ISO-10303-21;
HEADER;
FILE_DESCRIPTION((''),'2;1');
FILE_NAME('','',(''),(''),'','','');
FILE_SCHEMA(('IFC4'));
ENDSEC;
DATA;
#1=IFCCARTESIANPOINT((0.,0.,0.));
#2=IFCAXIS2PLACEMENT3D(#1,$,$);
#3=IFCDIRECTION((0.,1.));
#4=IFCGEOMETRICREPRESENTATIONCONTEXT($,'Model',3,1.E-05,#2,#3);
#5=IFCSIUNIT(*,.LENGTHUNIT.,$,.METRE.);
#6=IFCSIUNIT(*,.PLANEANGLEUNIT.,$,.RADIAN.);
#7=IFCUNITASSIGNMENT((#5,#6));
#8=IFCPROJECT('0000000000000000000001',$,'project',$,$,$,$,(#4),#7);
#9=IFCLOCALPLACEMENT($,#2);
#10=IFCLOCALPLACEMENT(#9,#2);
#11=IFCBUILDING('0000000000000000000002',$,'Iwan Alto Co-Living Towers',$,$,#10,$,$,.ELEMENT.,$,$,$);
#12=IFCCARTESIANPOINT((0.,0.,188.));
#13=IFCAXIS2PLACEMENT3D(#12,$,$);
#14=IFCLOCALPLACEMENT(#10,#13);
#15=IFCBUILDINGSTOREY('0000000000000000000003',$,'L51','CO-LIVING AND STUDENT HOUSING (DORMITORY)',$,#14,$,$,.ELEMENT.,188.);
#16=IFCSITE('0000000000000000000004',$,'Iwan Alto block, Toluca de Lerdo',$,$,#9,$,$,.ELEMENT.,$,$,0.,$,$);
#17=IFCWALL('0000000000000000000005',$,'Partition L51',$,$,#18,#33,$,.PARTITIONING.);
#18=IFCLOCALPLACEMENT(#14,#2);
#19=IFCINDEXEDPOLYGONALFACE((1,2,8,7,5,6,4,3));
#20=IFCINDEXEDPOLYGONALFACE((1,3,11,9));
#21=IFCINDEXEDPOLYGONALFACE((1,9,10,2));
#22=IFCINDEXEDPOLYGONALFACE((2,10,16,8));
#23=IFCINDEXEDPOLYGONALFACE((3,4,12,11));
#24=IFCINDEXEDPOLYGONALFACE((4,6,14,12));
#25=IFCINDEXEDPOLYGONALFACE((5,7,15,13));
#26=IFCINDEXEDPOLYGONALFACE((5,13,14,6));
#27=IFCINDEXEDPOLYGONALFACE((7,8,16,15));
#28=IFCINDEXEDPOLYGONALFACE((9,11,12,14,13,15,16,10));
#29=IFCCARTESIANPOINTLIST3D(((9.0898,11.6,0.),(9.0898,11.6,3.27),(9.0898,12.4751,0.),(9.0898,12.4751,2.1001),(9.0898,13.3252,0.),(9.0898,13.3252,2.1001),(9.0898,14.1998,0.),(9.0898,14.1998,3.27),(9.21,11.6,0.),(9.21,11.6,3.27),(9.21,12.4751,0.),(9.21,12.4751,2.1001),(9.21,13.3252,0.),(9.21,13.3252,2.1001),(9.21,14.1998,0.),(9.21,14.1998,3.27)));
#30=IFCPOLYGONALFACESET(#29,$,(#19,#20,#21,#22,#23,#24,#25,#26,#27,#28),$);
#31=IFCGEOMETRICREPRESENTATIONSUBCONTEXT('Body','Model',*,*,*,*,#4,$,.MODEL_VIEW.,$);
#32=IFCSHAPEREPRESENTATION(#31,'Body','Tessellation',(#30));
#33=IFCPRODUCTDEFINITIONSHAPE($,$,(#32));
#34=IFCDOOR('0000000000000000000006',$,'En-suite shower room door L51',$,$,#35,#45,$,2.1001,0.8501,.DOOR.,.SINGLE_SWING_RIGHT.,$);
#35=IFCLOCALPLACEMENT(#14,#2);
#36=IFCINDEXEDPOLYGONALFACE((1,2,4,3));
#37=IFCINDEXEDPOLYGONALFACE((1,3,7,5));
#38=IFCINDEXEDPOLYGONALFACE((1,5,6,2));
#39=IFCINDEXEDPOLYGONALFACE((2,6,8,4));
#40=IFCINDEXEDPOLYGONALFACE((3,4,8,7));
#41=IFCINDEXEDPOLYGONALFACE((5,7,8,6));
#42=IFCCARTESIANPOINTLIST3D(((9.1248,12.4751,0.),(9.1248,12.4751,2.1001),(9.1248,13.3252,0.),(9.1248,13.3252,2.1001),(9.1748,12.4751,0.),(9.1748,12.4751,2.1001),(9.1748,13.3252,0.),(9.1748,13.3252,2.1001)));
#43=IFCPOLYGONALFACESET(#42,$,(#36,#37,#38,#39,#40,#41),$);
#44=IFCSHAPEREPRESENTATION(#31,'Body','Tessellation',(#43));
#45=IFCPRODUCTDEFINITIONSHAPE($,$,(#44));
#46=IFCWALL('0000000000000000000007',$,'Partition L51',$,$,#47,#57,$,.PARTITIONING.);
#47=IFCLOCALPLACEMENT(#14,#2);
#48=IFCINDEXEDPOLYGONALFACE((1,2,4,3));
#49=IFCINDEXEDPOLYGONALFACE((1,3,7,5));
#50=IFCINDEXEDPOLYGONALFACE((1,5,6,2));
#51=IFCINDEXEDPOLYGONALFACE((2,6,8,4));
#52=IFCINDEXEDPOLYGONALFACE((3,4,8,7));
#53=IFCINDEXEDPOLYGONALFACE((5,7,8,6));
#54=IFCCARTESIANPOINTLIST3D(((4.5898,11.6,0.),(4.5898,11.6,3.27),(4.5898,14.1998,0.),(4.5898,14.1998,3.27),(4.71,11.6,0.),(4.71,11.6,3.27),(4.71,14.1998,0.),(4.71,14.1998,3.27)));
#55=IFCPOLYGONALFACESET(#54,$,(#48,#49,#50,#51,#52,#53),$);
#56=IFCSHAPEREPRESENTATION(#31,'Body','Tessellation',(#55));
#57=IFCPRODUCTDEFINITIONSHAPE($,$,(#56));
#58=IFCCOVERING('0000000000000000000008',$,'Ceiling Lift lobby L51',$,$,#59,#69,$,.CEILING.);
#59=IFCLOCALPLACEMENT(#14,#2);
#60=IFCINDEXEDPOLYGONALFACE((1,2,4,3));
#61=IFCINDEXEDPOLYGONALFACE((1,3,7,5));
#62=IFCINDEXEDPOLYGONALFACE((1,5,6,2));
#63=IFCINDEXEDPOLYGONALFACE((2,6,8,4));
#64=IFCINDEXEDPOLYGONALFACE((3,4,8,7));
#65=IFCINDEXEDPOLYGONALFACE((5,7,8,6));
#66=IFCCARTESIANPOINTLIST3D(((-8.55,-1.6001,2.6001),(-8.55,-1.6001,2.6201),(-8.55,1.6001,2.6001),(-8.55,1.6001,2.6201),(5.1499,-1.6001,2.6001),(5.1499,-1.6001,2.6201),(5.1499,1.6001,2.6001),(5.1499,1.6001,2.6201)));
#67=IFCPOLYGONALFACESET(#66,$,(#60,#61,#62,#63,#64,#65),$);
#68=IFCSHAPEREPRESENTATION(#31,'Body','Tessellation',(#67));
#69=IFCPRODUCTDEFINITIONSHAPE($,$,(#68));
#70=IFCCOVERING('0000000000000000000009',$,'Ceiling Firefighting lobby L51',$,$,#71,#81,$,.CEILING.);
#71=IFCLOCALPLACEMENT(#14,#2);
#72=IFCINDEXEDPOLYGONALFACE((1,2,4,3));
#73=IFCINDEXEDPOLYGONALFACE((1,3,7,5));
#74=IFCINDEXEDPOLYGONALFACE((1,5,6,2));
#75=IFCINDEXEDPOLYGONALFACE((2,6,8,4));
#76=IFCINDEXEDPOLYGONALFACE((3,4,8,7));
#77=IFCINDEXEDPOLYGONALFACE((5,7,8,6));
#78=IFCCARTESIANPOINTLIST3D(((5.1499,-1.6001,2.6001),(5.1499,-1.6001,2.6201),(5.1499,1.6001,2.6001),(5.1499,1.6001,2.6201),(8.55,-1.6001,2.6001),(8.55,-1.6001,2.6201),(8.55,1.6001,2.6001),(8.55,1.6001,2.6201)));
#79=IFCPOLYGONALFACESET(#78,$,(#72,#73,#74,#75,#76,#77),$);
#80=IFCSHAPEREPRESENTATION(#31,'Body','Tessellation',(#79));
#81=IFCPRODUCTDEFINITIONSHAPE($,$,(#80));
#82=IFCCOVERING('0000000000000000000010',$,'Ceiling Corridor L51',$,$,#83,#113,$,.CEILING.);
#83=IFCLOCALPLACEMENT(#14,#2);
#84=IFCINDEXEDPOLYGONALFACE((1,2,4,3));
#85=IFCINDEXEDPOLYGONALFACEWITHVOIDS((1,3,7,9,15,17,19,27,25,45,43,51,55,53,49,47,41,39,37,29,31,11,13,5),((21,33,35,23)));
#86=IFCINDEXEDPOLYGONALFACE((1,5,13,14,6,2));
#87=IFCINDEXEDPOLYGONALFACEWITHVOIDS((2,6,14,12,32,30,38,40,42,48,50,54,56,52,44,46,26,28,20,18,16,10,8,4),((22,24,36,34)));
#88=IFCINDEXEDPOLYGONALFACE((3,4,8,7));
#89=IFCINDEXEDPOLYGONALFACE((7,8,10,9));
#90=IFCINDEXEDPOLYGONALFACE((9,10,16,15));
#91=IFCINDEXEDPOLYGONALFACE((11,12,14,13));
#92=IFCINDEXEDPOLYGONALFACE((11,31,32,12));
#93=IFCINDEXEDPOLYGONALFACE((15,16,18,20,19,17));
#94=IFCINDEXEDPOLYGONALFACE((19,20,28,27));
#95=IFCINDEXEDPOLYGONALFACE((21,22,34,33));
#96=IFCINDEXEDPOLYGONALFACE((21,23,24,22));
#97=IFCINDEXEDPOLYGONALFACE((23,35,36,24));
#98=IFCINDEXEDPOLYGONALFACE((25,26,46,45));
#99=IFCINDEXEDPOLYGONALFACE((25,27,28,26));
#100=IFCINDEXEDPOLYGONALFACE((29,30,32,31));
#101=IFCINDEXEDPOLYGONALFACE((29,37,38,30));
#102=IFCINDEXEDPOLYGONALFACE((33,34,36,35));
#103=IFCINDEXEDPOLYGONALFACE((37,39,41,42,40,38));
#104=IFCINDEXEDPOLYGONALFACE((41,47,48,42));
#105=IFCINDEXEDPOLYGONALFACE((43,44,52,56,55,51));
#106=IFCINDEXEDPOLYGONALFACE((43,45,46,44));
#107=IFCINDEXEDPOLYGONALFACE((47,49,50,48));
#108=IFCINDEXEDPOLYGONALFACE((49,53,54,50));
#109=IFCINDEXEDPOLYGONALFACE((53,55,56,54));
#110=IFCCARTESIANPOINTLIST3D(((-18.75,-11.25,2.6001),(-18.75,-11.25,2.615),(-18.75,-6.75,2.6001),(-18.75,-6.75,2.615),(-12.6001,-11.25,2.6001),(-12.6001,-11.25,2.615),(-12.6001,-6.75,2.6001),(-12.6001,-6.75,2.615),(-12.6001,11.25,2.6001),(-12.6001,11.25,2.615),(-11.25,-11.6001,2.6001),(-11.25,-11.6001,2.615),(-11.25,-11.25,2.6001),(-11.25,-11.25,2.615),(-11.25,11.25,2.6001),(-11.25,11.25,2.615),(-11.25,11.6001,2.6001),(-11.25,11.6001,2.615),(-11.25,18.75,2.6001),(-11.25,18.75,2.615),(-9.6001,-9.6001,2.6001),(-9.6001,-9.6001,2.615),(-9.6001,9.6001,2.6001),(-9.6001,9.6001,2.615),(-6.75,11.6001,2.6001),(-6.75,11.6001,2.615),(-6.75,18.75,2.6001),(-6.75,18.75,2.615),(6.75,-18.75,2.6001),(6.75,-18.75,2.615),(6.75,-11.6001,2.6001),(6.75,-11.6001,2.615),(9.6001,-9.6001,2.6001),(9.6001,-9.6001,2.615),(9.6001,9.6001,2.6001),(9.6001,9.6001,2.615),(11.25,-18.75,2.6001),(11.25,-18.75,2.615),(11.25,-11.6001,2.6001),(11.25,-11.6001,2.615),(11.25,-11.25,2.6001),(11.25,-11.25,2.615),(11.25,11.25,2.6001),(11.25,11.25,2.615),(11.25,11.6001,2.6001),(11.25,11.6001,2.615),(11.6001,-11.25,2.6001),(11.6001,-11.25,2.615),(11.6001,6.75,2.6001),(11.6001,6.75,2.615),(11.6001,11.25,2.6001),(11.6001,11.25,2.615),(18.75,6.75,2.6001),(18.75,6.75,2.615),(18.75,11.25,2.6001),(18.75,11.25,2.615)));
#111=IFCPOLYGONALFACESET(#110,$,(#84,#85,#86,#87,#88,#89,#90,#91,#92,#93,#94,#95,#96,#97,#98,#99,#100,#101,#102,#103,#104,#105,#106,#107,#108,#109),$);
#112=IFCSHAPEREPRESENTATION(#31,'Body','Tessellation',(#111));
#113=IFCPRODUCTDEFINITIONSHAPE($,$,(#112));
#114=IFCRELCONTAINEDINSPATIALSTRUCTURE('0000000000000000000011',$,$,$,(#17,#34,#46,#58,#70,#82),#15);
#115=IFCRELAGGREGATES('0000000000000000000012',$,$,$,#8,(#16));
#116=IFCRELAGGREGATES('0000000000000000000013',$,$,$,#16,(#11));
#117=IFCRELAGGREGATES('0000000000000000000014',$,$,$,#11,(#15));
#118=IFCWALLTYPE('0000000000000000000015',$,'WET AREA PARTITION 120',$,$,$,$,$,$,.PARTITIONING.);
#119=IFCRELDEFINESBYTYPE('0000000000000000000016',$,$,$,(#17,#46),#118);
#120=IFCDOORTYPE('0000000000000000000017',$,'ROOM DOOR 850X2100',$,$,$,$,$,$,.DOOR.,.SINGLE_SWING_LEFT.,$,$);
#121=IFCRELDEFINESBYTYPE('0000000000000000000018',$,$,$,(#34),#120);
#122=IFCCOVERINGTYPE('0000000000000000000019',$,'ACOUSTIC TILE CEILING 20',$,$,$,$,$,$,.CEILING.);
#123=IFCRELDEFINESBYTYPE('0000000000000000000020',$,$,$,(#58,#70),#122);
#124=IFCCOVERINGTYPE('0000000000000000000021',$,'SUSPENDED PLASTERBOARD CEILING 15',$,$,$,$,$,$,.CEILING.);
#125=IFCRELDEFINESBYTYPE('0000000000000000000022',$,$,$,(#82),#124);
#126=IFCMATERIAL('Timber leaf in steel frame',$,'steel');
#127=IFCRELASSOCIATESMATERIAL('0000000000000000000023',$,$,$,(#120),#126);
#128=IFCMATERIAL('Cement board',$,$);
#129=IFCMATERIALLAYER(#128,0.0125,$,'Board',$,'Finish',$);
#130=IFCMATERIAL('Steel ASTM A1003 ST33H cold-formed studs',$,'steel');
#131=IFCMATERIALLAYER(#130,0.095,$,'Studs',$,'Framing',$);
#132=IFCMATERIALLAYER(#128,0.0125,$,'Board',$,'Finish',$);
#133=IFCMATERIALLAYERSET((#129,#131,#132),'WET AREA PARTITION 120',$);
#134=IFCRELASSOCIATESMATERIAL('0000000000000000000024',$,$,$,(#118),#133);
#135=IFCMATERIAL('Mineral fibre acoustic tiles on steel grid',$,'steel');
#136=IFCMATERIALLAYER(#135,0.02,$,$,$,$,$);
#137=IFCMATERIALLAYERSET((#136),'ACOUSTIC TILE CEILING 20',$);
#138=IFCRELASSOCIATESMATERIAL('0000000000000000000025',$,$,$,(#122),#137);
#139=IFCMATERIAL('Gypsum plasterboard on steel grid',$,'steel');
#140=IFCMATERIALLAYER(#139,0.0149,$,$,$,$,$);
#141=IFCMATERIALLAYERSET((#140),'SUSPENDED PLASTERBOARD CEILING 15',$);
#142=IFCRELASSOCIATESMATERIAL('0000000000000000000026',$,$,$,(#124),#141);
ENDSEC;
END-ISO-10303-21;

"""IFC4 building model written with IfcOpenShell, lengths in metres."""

from ifc_helpers import new_model, si_unit, direction, frame, frame_2d, origin, place, context, subcontext, project, spatial, polyline, rectangle, outline, extrude, material, layer, layer_set, type_object, element, fill, save


model = new_model("IFC4")

# Units and contexts
model_context = context("Model", 3, precision=1e-05, world=origin(), true_north=direction((0.0, 1.0)))
body_context = subcontext(model_context, "Body", "Model", "MODEL_VIEW")
ifc_project = project(units=[si_unit("LENGTHUNIT", "METRE"), si_unit("PLANEANGLEUNIT", "RADIAN")], contexts=[model_context])

# Site, building, storey
site_placement = place(None, origin())
site = spatial("IfcSite", under=ifc_project, at=site_placement, Name="Iwan Alto block, Toluca de Lerdo", CompositionType="ELEMENT", RefElevation=0.0)
building_placement = place(site_placement, origin())
building = spatial("IfcBuilding", under=site, at=building_placement, Name="Iwan Alto Co-Living Towers", CompositionType="ELEMENT")
storey_placement = place(building_placement, frame((0.0, 0.0, 188.0)))
storey = spatial("IfcBuildingStorey", under=building, at=storey_placement, Name="L51", Description="CO-LIVING AND STUDENT HOUSING (DORMITORY)", CompositionType="ELEMENT", Elevation=188.0)

# Shared definitions
ifc_material_1 = material(Name="Steel ASTM A1003 ST33H cold-formed studs", Category="steel")

# Shared definitions
ifc_material_2 = material(Name="Timber leaf in steel frame", Category="steel")
door_type_1 = type_object("IfcDoorType", Name="ROOM DOOR 850X2100", OperationType="SINGLE_SWING_LEFT", PredefinedType="DOOR", material=ifc_material_2)

# Shared definitions
ifc_material_3 = material(Name="Cement board")
ifc_layer_1 = layer(ifc_material_3, 0.0125, Name="Board", Category="Finish")
ifc_layer_2 = layer(ifc_material_1, 0.095, Name="Studs", Category="Framing")
ifc_layer_3 = layer(ifc_material_3, 0.0125, Name="Board", Category="Finish")
ifc_layer_set_1 = layer_set([ifc_layer_1, ifc_layer_2, ifc_layer_3], Name="WET AREA PARTITION 120")
wall_type_1 = type_object("IfcWallType", Name="WET AREA PARTITION 120", PredefinedType="PARTITIONING", material=ifc_layer_set_1)

# Wall, opening, door
wall_1_placement = place(storey_placement, frame((9.1499, 11.6001, 0.0), z_axis=(0.0, 0.0, 1.0), x_axis=(0.0, 1.0, 0.0)))
wall_1 = element("IfcWall", 1, at=wall_1_placement, inside=storey, type_object=wall_type_1, Name="Partition L51", PredefinedType="PARTITIONING", context=body_context, shape_type="SweptSolid", body=[
    extrude(rectangle(XDim=2.5999, YDim=0.1201, at=frame_2d((1.2998, 0.0))), origin(), (0.0, 0.0, 1.0), 3.27),
])
opening_1_placement = place(wall_1_placement, frame((0.875, 0.0, 0.0)))
opening_1 = element("IfcOpeningElement", 2, at=opening_1_placement, cuts=wall_1, PredefinedType="OPENING", context=body_context, shape_type="SweptSolid", body=[
    extrude(rectangle(XDim=0.8501, YDim=2.1001, at=frame_2d((0.425, 1.05))), frame((0.0, 0.0701, 0.0), z_axis=(0.0, -1.0, 0.0), x_axis=(1.0, 0.0, 0.0)), (0.0, 0.0, 1.0), 0.1401),
])
door_1_placement = place(opening_1_placement, frame((0.8501, 0.0, 0.0), z_axis=(0.0, 0.0, 1.0), x_axis=(-1.0, 0.0, 0.0)))
door_1 = element("IfcDoor", 3, at=door_1_placement, inside=storey, type_object=door_type_1, Name="En-suite shower room door L51", OperationType="SINGLE_SWING_RIGHT", OverallHeight=2.1001, OverallWidth=0.8501, PredefinedType="DOOR", context=body_context, shape_type="SweptSolid", body=[
    extrude(rectangle(XDim=0.8501, YDim=2.1001, at=frame_2d((0.425, 1.05))), frame((0.0, 0.0249, 0.0), z_axis=(0.0, -1.0, 0.0), x_axis=(1.0, 0.0, 0.0)), (0.0, 0.0, 1.0), 0.05),
])
fill(opening_1, door_1)

# Wall
wall_2_placement = place(storey_placement, frame((4.6499, 11.6001, 0.0), z_axis=(0.0, 0.0, 1.0), x_axis=(0.0, 1.0, 0.0)))
element("IfcWall", 4, at=wall_2_placement, inside=storey, type_object=wall_type_1, Name="Partition L51", PredefinedType="PARTITIONING", context=body_context, shape_type="SweptSolid", body=[
    extrude(rectangle(XDim=2.5999, YDim=0.1201, at=frame_2d((1.2998, 0.0))), origin(), (0.0, 0.0, 1.0), 3.27),
])

# Coverings
ifc_material_4 = material(Name="Mineral fibre acoustic tiles on steel grid", Category="steel")
ifc_layer_4 = layer(ifc_material_4, 0.02)
ifc_layer_set_2 = layer_set([ifc_layer_4], Name="ACOUSTIC TILE CEILING 20")
covering_type_1 = type_object("IfcCoveringType", Name="ACOUSTIC TILE CEILING 20", PredefinedType="CEILING", material=ifc_layer_set_2)
covering_1_placement = place(storey_placement, frame((0.0, 0.0, 2.6001)))
element("IfcCovering", 5, at=covering_1_placement, inside=storey, type_object=covering_type_1, Name="Ceiling Lift lobby L51", PredefinedType="CEILING", context=body_context, shape_type="SweptSolid", body=[
    extrude(outline(polyline([(-8.55, -1.6001), (-8.55, 1.6001), (5.1499, 1.6001), (5.1499, -1.6001), (-8.55, -1.6001)])), origin(), (0.0, 0.0, 1.0), 0.02),
])
covering_2_placement = place(storey_placement, frame((0.0, 0.0, 2.6001)))
element("IfcCovering", 6, at=covering_2_placement, inside=storey, type_object=covering_type_1, Name="Ceiling Firefighting lobby L51", PredefinedType="CEILING", context=body_context, shape_type="SweptSolid", body=[
    extrude(outline(polyline([(5.1499, -1.6001), (5.1499, 1.6001), (8.55, 1.6001), (8.55, -1.6001), (5.1499, -1.6001)])), origin(), (0.0, 0.0, 1.0), 0.02),
])
ifc_material_5 = material(Name="Gypsum plasterboard on steel grid", Category="steel")
ifc_layer_5 = layer(ifc_material_5, 0.0149)
ifc_layer_set_3 = layer_set([ifc_layer_5], Name="SUSPENDED PLASTERBOARD CEILING 15")
covering_type_2 = type_object("IfcCoveringType", Name="SUSPENDED PLASTERBOARD CEILING 15", PredefinedType="CEILING", material=ifc_layer_set_3)
covering_3_placement = place(storey_placement, frame((0.0, 0.0, 2.6001)))
element("IfcCovering", 7, at=covering_3_placement, inside=storey, type_object=covering_type_2, Name="Ceiling Corridor L51", PredefinedType="CEILING", context=body_context, shape_type="SweptSolid", body=[
    extrude(outline(polyline([(-18.75, -6.75), (-12.6001, -6.75), (-12.6001, 11.25), (-11.25, 11.25), (-11.25, 11.6001), (-11.25, 18.75), (-6.75, 18.75), (-6.75, 11.6001), (11.25, 11.6001), (11.25, 11.25), (11.6001, 11.25), (18.75, 11.25), (18.75, 6.75), (11.6001, 6.75), (11.6001, -11.25), (11.25, -11.25), (11.25, -11.6001), (11.25, -18.75), (6.75, -18.75), (6.75, -11.6001), (-11.25, -11.6001), (-11.25, -11.25), (-12.6001, -11.25), (-18.75, -11.25), (-18.75, -6.75)]), holes=[polyline([(9.6001, 9.6001), (-9.6001, 9.6001), (-9.6001, -9.6001), (9.6001, -9.6001), (9.6001, 9.6001)])]), origin(), (0.0, 0.0, 1.0), 0.0149),
])

save(model, "model.ifc")
